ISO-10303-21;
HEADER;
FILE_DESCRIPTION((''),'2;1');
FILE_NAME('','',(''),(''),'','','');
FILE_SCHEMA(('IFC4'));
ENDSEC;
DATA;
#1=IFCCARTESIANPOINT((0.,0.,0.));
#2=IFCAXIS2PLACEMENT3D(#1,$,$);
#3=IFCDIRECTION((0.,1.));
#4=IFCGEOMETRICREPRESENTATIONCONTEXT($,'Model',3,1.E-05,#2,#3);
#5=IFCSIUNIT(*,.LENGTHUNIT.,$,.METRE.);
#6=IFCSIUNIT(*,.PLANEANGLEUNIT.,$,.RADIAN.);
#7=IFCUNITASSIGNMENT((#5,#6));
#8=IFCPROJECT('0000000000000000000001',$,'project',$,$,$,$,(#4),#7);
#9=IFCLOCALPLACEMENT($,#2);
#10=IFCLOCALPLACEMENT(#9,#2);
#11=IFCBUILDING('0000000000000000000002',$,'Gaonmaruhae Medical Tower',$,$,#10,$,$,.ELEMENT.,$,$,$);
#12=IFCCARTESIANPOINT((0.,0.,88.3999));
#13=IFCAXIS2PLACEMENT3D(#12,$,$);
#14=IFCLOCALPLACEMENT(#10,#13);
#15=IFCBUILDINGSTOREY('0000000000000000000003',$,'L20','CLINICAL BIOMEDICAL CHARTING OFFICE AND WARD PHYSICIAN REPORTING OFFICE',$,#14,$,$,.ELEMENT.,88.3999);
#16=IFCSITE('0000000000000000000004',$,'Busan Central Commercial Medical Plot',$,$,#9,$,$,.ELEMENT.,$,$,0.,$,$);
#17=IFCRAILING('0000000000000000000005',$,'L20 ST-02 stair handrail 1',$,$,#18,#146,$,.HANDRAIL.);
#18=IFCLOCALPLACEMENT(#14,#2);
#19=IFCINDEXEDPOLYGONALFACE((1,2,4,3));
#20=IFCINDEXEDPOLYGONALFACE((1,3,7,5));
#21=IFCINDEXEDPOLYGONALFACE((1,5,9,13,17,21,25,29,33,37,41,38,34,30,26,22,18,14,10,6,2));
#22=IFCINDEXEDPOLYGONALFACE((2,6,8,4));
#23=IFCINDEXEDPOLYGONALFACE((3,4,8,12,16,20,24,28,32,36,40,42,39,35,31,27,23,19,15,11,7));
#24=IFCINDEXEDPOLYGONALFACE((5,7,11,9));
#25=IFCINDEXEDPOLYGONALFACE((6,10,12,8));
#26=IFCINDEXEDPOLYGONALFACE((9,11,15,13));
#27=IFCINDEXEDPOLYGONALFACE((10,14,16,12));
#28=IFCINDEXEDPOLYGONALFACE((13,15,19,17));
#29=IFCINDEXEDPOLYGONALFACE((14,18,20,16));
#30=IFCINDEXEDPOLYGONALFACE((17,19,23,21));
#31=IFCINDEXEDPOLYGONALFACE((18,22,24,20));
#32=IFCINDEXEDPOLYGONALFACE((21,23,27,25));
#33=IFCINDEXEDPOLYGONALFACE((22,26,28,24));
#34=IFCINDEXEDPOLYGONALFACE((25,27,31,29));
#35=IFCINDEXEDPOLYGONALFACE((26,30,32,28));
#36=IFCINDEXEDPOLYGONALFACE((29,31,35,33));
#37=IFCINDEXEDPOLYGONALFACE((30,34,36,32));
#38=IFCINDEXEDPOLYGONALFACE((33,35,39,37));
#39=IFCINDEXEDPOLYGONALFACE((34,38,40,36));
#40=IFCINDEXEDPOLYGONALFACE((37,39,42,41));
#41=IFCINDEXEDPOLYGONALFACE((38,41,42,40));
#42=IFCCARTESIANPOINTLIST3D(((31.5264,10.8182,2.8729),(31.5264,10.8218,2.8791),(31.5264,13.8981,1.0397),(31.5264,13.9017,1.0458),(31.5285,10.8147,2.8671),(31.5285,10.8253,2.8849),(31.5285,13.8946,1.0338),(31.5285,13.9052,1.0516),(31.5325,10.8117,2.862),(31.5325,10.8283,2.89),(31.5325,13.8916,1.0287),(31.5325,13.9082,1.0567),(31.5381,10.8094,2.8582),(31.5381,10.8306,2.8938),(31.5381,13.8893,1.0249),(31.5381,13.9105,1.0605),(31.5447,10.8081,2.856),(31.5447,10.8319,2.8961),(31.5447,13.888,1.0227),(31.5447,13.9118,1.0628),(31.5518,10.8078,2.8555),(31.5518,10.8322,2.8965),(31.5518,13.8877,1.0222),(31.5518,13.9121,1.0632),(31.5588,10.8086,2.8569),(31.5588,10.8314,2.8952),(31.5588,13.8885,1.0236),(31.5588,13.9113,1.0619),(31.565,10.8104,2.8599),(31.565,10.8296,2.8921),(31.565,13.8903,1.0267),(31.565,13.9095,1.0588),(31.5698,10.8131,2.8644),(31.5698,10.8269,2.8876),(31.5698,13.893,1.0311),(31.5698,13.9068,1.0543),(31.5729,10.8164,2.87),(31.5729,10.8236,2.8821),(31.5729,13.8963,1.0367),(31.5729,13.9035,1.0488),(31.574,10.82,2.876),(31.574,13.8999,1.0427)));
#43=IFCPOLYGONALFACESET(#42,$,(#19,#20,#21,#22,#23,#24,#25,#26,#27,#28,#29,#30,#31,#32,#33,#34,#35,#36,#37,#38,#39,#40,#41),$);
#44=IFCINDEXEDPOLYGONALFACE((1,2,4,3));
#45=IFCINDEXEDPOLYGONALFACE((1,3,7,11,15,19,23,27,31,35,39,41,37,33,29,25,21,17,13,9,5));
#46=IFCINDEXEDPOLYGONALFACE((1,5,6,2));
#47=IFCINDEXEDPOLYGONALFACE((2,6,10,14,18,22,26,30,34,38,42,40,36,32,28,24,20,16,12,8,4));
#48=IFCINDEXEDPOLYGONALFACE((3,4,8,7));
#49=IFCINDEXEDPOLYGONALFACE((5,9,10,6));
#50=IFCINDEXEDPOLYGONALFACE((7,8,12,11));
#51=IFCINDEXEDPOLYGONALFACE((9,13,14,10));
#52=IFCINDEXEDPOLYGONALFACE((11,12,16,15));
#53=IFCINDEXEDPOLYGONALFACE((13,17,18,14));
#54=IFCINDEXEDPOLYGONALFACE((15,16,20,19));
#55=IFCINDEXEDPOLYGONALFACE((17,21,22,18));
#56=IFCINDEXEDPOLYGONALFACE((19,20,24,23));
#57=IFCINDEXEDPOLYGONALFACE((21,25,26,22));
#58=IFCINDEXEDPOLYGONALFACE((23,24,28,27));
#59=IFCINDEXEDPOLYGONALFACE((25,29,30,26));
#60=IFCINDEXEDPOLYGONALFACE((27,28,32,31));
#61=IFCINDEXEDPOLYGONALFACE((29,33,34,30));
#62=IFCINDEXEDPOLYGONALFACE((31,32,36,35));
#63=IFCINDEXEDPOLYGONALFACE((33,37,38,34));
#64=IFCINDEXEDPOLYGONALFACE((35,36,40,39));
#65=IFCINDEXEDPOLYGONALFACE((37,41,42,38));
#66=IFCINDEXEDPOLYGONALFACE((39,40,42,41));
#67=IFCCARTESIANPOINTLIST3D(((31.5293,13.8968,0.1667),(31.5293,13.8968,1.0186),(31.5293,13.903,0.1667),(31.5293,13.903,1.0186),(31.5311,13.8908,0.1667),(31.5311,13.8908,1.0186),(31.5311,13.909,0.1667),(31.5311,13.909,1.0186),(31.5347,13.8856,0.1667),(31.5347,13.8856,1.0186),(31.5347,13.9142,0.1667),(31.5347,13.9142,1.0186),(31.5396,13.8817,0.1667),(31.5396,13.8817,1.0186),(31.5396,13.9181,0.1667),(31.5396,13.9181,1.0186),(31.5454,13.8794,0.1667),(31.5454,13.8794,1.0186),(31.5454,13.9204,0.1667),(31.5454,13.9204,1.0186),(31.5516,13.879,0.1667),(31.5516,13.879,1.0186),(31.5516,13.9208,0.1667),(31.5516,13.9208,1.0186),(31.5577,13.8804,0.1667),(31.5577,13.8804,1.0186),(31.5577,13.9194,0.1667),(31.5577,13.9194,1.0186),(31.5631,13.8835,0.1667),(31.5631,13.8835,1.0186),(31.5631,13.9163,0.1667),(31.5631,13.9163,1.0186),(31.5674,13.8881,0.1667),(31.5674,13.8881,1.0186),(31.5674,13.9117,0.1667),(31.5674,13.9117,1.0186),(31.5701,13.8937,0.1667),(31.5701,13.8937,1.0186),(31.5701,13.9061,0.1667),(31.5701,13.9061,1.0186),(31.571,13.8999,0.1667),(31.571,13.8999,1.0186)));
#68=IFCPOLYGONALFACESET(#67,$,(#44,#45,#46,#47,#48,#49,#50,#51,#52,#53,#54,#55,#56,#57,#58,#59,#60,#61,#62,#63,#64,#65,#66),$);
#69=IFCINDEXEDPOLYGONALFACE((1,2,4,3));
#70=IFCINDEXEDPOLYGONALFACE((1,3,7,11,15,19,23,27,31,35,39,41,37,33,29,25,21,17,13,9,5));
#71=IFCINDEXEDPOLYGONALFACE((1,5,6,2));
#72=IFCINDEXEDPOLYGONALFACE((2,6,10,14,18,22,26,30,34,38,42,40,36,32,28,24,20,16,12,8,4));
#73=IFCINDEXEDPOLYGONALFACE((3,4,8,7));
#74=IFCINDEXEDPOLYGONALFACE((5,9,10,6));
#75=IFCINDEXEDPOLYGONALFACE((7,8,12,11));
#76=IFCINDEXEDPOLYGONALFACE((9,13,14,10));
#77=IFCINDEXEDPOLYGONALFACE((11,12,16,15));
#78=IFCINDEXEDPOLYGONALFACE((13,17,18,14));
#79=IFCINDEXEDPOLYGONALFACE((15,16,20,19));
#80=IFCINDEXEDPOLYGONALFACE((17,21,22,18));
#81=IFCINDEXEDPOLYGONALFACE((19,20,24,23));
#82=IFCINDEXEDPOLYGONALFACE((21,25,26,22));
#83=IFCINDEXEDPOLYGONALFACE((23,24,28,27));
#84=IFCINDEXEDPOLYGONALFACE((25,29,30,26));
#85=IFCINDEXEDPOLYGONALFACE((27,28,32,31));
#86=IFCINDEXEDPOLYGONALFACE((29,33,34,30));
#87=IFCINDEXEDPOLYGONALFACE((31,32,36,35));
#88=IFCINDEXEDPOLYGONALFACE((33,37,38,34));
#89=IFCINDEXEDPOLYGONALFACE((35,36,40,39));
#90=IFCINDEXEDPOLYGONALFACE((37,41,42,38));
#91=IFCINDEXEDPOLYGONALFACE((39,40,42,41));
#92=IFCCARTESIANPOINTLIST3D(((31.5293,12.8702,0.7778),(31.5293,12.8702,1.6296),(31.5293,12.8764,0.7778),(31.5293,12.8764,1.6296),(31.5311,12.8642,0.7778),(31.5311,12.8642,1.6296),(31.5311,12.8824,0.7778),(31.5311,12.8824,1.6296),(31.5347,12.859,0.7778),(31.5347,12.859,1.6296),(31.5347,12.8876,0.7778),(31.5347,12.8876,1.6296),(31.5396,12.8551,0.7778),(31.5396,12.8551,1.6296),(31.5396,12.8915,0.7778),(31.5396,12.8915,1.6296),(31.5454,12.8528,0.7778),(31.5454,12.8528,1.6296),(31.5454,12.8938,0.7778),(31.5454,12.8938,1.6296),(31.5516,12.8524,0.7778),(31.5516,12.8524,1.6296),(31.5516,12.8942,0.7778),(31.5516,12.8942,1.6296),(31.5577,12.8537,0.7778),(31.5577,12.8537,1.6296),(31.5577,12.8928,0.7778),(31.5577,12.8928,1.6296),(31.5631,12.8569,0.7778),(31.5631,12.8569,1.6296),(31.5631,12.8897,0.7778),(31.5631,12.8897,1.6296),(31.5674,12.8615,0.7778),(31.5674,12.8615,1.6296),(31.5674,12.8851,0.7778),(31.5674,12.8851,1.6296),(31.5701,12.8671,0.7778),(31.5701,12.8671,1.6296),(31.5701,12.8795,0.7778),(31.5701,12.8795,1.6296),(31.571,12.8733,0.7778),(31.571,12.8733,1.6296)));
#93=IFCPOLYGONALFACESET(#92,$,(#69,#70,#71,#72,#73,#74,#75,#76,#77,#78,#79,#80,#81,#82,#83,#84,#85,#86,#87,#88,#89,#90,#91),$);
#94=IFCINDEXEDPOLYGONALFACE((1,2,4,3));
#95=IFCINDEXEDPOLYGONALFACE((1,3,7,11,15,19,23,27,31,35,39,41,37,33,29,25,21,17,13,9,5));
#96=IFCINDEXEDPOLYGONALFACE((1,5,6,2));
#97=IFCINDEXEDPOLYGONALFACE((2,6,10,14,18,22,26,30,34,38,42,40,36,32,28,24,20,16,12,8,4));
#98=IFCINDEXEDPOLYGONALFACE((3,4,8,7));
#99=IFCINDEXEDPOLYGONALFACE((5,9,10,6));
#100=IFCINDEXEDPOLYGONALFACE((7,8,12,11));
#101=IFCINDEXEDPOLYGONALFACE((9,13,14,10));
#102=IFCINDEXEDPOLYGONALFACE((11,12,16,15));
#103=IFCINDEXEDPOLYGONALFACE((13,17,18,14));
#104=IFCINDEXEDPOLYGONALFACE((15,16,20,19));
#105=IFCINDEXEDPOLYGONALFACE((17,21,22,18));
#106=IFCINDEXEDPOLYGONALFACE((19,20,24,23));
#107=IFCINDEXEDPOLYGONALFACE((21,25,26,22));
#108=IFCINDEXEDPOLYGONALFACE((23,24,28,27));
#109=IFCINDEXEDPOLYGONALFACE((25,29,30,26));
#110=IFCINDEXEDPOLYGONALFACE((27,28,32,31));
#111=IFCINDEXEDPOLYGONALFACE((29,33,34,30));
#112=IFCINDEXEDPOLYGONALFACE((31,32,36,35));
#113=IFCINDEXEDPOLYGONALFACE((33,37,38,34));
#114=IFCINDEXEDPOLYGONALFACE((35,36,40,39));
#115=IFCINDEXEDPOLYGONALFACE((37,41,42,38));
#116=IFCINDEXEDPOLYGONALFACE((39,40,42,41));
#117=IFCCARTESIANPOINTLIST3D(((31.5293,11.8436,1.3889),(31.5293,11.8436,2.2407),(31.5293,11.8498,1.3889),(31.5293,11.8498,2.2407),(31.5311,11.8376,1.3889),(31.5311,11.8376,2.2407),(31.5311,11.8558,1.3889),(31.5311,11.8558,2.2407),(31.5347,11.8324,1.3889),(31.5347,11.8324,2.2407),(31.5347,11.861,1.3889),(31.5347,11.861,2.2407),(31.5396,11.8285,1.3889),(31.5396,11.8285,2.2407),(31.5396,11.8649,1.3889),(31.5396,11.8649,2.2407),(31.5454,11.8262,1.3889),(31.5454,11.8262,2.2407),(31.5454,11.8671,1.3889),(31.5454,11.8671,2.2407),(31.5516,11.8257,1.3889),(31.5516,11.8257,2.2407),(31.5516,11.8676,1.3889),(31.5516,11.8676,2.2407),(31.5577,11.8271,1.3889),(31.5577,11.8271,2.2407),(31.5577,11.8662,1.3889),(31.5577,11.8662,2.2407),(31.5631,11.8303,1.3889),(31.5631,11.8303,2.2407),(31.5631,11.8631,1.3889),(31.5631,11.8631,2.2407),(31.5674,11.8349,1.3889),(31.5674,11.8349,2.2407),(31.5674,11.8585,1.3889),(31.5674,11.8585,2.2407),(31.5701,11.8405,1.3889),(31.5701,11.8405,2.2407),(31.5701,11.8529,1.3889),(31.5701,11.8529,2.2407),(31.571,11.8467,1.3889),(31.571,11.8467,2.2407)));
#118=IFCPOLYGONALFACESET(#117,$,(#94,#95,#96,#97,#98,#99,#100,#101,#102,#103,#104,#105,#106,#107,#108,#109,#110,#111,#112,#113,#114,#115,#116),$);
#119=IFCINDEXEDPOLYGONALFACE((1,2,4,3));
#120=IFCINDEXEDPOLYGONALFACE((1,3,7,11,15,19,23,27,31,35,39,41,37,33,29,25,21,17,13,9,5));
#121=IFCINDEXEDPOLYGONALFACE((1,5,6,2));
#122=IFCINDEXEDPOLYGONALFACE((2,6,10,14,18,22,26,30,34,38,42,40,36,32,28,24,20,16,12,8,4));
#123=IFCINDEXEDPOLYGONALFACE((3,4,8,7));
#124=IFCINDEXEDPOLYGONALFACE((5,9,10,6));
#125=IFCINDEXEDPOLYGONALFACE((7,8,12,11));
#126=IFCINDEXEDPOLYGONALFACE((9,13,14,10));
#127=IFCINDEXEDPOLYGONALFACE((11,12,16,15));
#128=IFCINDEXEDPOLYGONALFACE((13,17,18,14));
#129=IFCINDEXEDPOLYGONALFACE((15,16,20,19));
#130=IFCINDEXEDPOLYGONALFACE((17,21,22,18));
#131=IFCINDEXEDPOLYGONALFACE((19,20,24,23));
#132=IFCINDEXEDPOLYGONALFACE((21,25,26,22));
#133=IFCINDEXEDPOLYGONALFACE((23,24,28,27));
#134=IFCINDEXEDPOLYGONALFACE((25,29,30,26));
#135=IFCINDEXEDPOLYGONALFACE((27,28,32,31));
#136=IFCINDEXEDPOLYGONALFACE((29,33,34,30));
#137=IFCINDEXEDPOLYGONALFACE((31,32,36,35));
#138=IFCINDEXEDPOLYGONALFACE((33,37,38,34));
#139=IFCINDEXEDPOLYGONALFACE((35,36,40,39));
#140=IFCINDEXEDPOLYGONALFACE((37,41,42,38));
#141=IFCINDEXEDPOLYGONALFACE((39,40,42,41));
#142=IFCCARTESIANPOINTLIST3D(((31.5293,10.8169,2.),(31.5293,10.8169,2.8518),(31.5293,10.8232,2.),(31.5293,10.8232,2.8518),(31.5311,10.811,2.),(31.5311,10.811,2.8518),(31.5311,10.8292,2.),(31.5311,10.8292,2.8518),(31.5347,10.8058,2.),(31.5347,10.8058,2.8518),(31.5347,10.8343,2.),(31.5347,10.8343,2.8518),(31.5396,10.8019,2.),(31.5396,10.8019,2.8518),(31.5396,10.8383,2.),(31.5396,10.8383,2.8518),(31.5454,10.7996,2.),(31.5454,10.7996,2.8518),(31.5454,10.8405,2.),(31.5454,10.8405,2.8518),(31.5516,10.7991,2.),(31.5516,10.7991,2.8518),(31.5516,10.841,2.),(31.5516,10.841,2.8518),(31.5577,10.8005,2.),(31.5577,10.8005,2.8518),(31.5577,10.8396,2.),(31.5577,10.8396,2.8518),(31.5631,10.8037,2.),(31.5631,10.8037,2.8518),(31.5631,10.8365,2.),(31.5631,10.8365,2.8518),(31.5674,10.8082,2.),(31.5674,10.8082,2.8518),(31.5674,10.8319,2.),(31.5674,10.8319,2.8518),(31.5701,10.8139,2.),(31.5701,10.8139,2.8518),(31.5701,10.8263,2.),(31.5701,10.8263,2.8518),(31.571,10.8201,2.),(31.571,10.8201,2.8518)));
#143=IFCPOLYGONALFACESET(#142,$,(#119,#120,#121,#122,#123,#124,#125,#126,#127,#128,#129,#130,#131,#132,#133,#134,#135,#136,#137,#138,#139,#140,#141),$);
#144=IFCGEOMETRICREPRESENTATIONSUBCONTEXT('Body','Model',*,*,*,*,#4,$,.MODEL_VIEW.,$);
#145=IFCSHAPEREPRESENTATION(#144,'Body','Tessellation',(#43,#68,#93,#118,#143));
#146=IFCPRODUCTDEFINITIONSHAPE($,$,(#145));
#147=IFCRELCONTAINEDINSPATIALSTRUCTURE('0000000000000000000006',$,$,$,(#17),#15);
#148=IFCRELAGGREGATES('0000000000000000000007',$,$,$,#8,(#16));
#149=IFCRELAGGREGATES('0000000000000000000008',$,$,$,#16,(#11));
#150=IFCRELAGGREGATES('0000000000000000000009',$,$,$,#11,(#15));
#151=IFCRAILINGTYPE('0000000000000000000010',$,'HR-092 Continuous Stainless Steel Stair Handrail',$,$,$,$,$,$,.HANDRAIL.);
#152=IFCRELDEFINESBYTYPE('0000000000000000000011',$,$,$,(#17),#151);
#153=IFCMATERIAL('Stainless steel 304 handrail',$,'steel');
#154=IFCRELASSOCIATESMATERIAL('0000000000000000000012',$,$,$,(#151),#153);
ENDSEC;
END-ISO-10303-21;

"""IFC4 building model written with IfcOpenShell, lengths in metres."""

from ifc_helpers import new_model, si_unit, direction, frame, origin, origin_2d, place, context, subcontext, project, spatial, circle, extrude, material, type_object, element, save


model = new_model("IFC4")

# Units and contexts
model_context = context("Model", 3, precision=1e-05, world=origin(), true_north=direction((0.0, 1.0)))
body_context = subcontext(model_context, "Body", "Model", "MODEL_VIEW")
ifc_project = project(units=[si_unit("LENGTHUNIT", "METRE"), si_unit("PLANEANGLEUNIT", "RADIAN")], contexts=[model_context])

# Site, building, storey
site_placement = place(None, origin())
site = spatial("IfcSite", under=ifc_project, at=site_placement, Name="Busan Central Commercial Medical Plot", CompositionType="ELEMENT", RefElevation=0.0)
building_placement = place(site_placement, origin())
building = spatial("IfcBuilding", under=site, at=building_placement, Name="Gaonmaruhae Medical Tower", CompositionType="ELEMENT")
storey_placement = place(building_placement, frame((0.0, 0.0, 88.3999)))
storey = spatial("IfcBuildingStorey", under=building, at=storey_placement, Name="L20", Description="CLINICAL BIOMEDICAL CHARTING OFFICE AND WARD PHYSICIAN REPORTING OFFICE", CompositionType="ELEMENT", Elevation=88.3999)

# Railing
ifc_material_1 = material(Name="Stainless steel 304 handrail", Category="steel")
railing_type_1 = type_object("IfcRailingType", Name="HR-092 Continuous Stainless Steel Stair Handrail", PredefinedType="HANDRAIL", material=ifc_material_1)
railing_1_placement = place(storey_placement, frame((31.55, 13.8999, 0.1667)))
element("IfcRailing", 1, at=railing_1_placement, inside=storey, type_object=railing_type_1, Name="L20 ST-02 stair handrail 1", PredefinedType="HANDRAIL", context=body_context, shape_type="SweptSolid", body=[
    extrude(circle(Radius=0.0239, at=origin_2d()), frame((0.0, 0.0, 0.876), z_axis=(0.0, -0.859291, 0.511487), x_axis=(1.0, 0.0, 0.0)), (0.0, 0.0, 1.0), 3.5842),
    extrude(circle(Radius=0.021, at=origin_2d()), origin(), (0.0, 0.0, 1.0), 0.8518),
    extrude(circle(Radius=0.021, at=origin_2d()), frame((0.0, -1.0266, 0.6111)), (0.0, 0.0, 1.0), 0.8518),
    extrude(circle(Radius=0.021, at=origin_2d()), frame((0.0, -2.0532, 1.2222)), (0.0, 0.0, 1.0), 0.8518),
    extrude(circle(Radius=0.021, at=origin_2d()), frame((0.0, -3.0798, 1.8333)), (0.0, 0.0, 1.0), 0.8518),
])

save(model, "model.ifc")
